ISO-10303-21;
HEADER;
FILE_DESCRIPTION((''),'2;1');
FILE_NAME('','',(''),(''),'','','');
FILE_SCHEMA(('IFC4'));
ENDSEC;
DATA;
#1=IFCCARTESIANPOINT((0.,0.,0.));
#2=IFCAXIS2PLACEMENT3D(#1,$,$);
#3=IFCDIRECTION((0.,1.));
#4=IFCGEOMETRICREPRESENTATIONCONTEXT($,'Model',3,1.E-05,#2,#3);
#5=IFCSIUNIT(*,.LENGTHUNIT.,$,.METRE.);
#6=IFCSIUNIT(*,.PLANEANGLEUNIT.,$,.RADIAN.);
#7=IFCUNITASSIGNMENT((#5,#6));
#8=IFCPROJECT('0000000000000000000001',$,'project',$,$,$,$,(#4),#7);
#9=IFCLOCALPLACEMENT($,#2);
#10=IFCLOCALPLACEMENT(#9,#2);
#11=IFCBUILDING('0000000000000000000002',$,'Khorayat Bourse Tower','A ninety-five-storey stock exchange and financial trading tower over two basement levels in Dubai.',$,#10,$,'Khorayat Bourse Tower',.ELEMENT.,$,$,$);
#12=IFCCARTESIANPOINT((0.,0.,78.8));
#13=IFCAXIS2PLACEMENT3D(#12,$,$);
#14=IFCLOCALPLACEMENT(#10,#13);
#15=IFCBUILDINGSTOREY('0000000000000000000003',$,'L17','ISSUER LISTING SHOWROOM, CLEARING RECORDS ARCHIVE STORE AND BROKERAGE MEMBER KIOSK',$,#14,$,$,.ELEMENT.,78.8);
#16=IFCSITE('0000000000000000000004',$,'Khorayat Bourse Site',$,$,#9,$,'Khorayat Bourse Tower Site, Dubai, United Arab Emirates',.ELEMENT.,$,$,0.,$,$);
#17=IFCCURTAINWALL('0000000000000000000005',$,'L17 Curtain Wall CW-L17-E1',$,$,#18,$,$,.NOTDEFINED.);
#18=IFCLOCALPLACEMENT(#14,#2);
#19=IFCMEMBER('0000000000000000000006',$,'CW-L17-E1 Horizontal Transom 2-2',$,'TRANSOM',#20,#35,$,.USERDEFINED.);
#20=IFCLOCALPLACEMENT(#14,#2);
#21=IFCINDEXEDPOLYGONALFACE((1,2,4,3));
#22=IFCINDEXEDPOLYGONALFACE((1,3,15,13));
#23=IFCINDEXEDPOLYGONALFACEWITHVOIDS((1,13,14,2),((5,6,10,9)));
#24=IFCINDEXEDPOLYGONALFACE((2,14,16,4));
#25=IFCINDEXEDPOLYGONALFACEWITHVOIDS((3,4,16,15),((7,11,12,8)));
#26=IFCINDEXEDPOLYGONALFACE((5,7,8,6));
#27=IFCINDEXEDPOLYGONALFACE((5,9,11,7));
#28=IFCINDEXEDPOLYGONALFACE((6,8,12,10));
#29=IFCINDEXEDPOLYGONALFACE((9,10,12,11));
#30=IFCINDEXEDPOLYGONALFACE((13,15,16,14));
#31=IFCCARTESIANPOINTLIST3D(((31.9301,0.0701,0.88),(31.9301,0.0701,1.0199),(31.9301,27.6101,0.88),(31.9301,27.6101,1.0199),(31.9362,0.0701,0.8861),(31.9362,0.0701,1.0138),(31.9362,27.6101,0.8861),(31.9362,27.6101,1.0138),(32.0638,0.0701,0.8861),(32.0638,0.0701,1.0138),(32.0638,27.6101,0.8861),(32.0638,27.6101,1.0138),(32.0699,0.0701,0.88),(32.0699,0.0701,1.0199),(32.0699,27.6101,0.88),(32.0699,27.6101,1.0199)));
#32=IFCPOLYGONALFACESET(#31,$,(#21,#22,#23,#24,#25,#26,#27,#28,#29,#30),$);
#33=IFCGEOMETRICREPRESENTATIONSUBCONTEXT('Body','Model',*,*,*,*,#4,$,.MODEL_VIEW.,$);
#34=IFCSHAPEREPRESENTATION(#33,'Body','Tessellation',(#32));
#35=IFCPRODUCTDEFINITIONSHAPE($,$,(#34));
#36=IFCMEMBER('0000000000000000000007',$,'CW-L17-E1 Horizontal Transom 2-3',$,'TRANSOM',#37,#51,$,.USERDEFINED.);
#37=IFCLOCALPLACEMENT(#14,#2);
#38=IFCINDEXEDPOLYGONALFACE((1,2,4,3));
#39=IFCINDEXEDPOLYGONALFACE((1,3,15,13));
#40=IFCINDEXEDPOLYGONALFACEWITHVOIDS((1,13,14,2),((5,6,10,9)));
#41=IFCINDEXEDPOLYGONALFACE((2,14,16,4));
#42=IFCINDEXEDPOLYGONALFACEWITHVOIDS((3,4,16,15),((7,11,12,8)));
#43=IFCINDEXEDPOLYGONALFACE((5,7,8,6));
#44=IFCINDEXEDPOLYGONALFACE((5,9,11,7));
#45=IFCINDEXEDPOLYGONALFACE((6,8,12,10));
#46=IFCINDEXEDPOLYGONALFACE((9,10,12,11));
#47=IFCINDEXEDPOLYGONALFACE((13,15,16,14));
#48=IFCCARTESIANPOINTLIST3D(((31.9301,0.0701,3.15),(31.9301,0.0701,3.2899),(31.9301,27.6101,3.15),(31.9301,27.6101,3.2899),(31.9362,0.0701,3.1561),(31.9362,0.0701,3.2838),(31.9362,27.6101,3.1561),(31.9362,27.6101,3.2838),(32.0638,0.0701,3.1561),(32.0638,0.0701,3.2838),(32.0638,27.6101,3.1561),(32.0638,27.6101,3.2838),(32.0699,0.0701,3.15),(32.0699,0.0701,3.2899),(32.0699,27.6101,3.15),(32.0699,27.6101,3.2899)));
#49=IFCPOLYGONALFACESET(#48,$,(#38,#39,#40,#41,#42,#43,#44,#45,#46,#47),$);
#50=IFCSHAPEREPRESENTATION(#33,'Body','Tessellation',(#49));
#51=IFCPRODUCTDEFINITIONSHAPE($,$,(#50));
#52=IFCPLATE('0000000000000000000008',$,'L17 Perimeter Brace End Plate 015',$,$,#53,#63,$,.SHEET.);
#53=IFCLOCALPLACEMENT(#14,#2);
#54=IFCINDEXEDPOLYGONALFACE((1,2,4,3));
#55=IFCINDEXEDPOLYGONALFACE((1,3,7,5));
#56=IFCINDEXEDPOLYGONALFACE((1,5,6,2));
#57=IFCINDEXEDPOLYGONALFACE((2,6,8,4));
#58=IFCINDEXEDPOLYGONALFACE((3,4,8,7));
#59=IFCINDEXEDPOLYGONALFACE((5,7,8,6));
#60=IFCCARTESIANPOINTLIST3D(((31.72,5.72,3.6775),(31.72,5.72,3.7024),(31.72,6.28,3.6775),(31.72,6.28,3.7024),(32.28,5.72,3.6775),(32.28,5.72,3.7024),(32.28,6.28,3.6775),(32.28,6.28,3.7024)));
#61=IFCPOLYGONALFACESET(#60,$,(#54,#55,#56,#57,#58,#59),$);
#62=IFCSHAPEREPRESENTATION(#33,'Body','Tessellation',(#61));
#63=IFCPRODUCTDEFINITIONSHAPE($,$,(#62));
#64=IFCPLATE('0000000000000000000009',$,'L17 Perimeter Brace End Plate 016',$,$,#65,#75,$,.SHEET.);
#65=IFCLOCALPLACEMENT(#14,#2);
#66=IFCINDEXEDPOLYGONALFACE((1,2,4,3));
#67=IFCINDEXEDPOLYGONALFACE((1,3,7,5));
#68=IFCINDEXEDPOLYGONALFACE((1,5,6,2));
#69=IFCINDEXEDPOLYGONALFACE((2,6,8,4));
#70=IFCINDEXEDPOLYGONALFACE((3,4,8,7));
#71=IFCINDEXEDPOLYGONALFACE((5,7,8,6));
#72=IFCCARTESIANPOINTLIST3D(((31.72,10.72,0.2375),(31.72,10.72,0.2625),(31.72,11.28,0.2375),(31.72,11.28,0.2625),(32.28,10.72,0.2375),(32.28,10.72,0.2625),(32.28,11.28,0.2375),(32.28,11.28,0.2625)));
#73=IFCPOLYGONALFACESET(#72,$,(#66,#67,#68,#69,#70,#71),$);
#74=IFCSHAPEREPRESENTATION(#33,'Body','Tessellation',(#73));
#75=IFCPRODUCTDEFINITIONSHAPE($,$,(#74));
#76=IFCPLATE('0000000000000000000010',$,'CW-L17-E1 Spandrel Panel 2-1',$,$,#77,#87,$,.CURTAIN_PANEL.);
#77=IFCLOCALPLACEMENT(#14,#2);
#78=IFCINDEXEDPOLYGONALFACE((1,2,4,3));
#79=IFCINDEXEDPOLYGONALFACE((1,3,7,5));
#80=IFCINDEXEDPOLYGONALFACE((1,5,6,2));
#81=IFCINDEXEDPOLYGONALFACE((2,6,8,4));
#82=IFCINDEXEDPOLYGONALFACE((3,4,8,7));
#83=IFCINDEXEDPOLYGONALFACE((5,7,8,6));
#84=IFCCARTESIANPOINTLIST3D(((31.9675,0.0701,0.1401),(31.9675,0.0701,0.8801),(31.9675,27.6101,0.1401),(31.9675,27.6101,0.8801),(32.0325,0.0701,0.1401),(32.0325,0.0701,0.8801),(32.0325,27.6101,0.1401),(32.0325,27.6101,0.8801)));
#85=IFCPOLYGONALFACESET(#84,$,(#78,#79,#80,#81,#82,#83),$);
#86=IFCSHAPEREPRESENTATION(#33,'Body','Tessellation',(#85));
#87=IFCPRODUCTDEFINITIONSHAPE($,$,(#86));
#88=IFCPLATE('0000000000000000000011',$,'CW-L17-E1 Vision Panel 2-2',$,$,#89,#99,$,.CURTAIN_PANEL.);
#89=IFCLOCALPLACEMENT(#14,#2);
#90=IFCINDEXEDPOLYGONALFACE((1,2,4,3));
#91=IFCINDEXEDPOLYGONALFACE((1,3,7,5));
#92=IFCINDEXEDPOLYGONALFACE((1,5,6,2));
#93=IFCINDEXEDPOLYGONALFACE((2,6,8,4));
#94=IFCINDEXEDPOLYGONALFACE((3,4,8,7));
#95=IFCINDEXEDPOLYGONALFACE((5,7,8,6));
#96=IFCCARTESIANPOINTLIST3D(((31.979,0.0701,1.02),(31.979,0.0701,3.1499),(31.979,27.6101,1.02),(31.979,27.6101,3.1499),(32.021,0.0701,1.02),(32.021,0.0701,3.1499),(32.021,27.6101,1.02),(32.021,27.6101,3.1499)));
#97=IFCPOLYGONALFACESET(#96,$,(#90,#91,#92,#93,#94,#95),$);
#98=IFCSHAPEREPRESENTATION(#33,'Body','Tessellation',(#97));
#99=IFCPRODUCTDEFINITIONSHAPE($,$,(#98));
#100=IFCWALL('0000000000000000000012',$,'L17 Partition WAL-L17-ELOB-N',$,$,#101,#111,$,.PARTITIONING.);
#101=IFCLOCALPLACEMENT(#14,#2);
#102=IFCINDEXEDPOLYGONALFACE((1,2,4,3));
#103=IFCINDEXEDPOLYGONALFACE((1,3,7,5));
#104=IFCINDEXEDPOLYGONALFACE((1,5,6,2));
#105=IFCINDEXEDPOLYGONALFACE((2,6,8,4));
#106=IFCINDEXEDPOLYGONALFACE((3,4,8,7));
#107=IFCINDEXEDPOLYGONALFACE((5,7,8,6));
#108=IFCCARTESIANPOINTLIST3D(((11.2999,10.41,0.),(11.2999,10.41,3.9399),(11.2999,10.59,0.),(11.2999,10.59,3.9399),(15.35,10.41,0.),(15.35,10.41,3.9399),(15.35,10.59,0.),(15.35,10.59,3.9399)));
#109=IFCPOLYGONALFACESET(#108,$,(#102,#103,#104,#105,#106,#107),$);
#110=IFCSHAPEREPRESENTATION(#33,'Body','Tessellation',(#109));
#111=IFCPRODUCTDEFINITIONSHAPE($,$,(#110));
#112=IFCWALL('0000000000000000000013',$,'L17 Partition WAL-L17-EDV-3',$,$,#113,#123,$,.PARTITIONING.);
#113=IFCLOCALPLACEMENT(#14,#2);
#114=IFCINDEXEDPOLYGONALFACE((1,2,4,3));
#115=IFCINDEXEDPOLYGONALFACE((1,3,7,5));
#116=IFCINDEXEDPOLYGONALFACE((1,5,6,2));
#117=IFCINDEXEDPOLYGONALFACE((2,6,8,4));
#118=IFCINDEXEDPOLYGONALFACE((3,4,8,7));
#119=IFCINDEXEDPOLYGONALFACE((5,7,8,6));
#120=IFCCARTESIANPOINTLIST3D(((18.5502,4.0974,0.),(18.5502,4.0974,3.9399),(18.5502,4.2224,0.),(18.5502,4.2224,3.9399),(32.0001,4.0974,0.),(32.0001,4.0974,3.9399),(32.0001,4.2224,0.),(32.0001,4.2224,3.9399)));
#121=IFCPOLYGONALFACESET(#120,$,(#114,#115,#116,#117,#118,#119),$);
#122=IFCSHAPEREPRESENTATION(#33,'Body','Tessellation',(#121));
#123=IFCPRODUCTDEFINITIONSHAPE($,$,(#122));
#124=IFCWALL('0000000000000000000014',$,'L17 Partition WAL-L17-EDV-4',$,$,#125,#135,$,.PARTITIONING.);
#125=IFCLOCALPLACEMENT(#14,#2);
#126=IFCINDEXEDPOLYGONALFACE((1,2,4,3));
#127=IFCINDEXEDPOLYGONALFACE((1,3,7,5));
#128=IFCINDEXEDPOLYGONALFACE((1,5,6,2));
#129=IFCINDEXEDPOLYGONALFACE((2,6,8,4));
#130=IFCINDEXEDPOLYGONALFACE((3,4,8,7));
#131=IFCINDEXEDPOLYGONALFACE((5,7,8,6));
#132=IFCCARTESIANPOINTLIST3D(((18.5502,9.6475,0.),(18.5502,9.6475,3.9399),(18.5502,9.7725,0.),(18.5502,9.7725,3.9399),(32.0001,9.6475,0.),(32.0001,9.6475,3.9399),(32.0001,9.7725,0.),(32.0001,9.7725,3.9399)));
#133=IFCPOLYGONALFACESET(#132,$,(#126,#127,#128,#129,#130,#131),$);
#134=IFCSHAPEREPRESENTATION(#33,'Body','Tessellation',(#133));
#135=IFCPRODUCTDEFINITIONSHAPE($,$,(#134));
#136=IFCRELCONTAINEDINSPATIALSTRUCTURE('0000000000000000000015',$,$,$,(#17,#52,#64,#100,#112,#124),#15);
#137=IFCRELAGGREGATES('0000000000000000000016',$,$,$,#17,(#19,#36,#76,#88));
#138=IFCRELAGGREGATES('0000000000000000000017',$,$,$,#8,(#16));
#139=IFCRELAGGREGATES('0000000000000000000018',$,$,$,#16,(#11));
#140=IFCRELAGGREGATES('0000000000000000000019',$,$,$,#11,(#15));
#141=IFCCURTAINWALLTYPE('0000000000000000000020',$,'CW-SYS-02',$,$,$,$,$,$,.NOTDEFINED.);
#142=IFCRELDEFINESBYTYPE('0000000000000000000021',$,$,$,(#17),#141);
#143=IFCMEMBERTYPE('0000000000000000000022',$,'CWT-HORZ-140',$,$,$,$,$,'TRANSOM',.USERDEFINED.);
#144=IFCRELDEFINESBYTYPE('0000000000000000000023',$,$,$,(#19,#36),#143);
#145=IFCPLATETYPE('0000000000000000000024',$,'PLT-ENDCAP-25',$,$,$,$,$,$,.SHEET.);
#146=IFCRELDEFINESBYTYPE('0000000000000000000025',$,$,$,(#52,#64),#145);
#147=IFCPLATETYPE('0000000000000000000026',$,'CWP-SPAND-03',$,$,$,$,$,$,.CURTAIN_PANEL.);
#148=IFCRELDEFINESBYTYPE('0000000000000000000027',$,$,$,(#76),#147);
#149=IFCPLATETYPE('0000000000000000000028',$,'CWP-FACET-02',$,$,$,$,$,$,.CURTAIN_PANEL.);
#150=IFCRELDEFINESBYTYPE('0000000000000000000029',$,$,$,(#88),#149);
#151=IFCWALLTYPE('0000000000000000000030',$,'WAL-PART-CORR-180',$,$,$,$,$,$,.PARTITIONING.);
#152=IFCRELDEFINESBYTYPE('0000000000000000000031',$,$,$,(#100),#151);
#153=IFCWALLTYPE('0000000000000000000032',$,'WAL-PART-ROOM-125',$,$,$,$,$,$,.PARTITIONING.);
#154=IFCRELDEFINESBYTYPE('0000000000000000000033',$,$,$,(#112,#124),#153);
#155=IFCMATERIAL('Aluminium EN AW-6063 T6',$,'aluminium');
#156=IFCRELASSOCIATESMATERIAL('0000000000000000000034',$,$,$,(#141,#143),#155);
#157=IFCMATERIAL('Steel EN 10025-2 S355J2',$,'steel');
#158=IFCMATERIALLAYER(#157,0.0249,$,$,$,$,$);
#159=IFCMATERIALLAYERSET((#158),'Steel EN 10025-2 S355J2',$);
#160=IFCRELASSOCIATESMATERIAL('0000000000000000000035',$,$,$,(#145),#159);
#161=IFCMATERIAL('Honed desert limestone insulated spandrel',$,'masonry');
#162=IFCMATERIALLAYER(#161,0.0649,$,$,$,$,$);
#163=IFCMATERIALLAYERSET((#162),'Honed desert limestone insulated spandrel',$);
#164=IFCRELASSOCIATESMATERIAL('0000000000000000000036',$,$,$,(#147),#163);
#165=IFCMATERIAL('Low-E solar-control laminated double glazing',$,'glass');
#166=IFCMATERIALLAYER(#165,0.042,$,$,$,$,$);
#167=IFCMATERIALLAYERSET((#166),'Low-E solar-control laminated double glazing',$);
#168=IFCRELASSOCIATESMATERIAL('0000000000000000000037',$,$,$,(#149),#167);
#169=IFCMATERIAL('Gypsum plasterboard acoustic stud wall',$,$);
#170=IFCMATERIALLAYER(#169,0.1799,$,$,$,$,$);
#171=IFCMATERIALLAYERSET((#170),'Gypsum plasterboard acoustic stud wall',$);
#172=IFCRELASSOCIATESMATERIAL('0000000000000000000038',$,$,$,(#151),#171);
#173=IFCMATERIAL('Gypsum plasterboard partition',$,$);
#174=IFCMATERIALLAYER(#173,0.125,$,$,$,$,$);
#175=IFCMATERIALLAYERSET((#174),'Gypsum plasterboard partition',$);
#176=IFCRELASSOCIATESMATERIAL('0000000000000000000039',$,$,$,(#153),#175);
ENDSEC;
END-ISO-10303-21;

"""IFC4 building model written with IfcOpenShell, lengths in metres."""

from ifc_helpers import new_model, si_unit, direction, frame, frame_2d, origin, origin_2d, place, context, subcontext, project, spatial, rectangle, hollow_rectangle, extrude, source, transform, mapped, material, layer, layer_set, material_profile, profile_set, type_object, element, aggregate, save


model = new_model("IFC4")

# Units and contexts
model_context = context("Model", 3, precision=1e-05, world=origin(), true_north=direction((0.0, 1.0)))
body_context = subcontext(model_context, "Body", "Model", "MODEL_VIEW")
ifc_project = project(units=[si_unit("LENGTHUNIT", "METRE"), si_unit("PLANEANGLEUNIT", "RADIAN")], contexts=[model_context])

# Site, building, storey
site_placement = place(None, origin())
site = spatial("IfcSite", under=ifc_project, at=site_placement, Name="Khorayat Bourse Site", LongName="Khorayat Bourse Tower Site, Dubai, United Arab Emirates", CompositionType="ELEMENT", RefElevation=0.0)
building_placement = place(site_placement, origin())
building = spatial("IfcBuilding", under=site, at=building_placement, Name="Khorayat Bourse Tower", Description="A ninety-five-storey stock exchange and financial trading tower over two basement levels in Dubai.", LongName="Khorayat Bourse Tower", CompositionType="ELEMENT")
storey_placement = place(building_placement, frame((0.0, 0.0, 78.8)))
storey = spatial("IfcBuildingStorey", under=building, at=storey_placement, Name="L17", Description="ISSUER LISTING SHOWROOM, CLEARING RECORDS ARCHIVE STORE AND BROKERAGE MEMBER KIOSK", CompositionType="ELEMENT", Elevation=78.8)

# Curtain wall, members
ifc_material_1 = material(Name="Aluminium EN AW-6063 T6", Category="aluminium")
curtain_wall_type = type_object("IfcCurtainWallType", Name="CW-SYS-02", PredefinedType="NOTDEFINED", material=ifc_material_1)
curtain_wall_placement = place(storey_placement, origin())
curtain_wall = element("IfcCurtainWall", 1, at=curtain_wall_placement, inside=storey, type_object=curtain_wall_type, Name="L17 Curtain Wall CW-L17-E1", PredefinedType="NOTDEFINED")
ifc_material_profile_1 = material_profile(ifc_material_1, hollow_rectangle(XDim=0.1399, YDim=0.1399, WallThickness=0.0061, at=origin_2d()), Name="ALU 140x140x6")
ifc_profile_set_1 = profile_set([ifc_material_profile_1], Name="Aluminium EN AW-6063 T6")
member_type_1 = type_object("IfcMemberType", Name="CWT-HORZ-140", ElementType="TRANSOM", PredefinedType="USERDEFINED", material=ifc_profile_set_1)
shared_shape_1 = source(origin(), body_context, "Body", "SweptSolid", [
    extrude(hollow_rectangle(XDim=0.1399, YDim=0.1399, WallThickness=0.0061, at=origin_2d()), origin(), (0.0, 0.0, 1.0), 27.54),
])
member_1_placement = place(storey_placement, frame((32.0, 0.0701, 0.95), z_axis=(0.0, 1.0, 0.0), x_axis=(-1.0, 0.0, 0.0)))
member_1 = element("IfcMember", 2, at=member_1_placement, type_object=member_type_1, Name="CW-L17-E1 Horizontal Transom 2-2", ObjectType="TRANSOM", PredefinedType="USERDEFINED", context=body_context, shape_type="MappedRepresentation", body=[
    mapped(shared_shape_1, transform((0.0, 0.0, 0.0), scale=1.0)),
])
member_2_placement = place(storey_placement, frame((32.0, 0.0701, 3.22), z_axis=(0.0, 1.0, 0.0), x_axis=(-1.0, 0.0, 0.0)))
member_2 = element("IfcMember", 3, at=member_2_placement, type_object=member_type_1, Name="CW-L17-E1 Horizontal Transom 2-3", ObjectType="TRANSOM", PredefinedType="USERDEFINED", context=body_context, shape_type="MappedRepresentation", body=[
    mapped(shared_shape_1, transform((0.0, 0.0, 0.0), scale=1.0)),
])

# Plates
ifc_material_2 = material(Name="Steel EN 10025-2 S355J2", Category="steel")
ifc_layer_1 = layer(ifc_material_2, 0.0249)
ifc_layer_set_1 = layer_set([ifc_layer_1], Name="Steel EN 10025-2 S355J2")
plate_type_1 = type_object("IfcPlateType", Name="PLT-ENDCAP-25", PredefinedType="SHEET", material=ifc_layer_set_1)
shared_shape_2 = source(origin(), body_context, "Body", "SweptSolid", [
    extrude(rectangle(XDim=0.5601, YDim=0.5601, at=origin_2d()), origin(), (0.0, 0.0, 1.0), 0.0249),
])
for number, where, z_axis, x_axis, name in (
    (4, (32.0, 6.0, 3.6775), (0.0, 0.0, 1.0), (1.0, 0.0, 0.0), "L17 Perimeter Brace End Plate 015"),
    (5, (32.0, 11.0, 0.2375), (0.0, 0.0, 1.0), (1.0, 0.0, 0.0), "L17 Perimeter Brace End Plate 016"),
):
    element("IfcPlate", number, at=place(storey_placement, frame(where, z_axis=z_axis, x_axis=x_axis)), inside=storey, type_object=plate_type_1, Name=name, PredefinedType="SHEET", context=body_context, shape_type="MappedRepresentation", body=[
        mapped(shared_shape_2, transform((0.0, 0.0, 0.0), scale=1.0)),
    ])

# Plates
ifc_material_3 = material(Name="Honed desert limestone insulated spandrel", Category="masonry")
ifc_layer_2 = layer(ifc_material_3, 0.0649)
ifc_layer_set_2 = layer_set([ifc_layer_2], Name="Honed desert limestone insulated spandrel")
plate_type_2 = type_object("IfcPlateType", Name="CWP-SPAND-03", PredefinedType="CURTAIN_PANEL", material=ifc_layer_set_2)
shared_shape_3 = source(origin(), body_context, "Body", "SweptSolid", [
    extrude(rectangle(XDim=27.54, YDim=0.0649, at=origin_2d()), origin(), (0.0, 0.0, 1.0), 0.74),
])
plate_1_placement = place(storey_placement, frame((32.0, 13.8401, 0.1401), z_axis=(0.0, 0.0, 1.0), x_axis=(0.0, 1.0, 0.0)))
plate_1 = element("IfcPlate", 6, at=plate_1_placement, type_object=plate_type_2, Name="CW-L17-E1 Spandrel Panel 2-1", PredefinedType="CURTAIN_PANEL", context=body_context, shape_type="MappedRepresentation", body=[
    mapped(shared_shape_3, transform((0.0, 0.0, 0.0), scale=1.0)),
])
ifc_material_4 = material(Name="Low-E solar-control laminated double glazing", Category="glass")
ifc_layer_3 = layer(ifc_material_4, 0.042)
ifc_layer_set_3 = layer_set([ifc_layer_3], Name="Low-E solar-control laminated double glazing")
plate_type_3 = type_object("IfcPlateType", Name="CWP-FACET-02", PredefinedType="CURTAIN_PANEL", material=ifc_layer_set_3)
shared_shape_4 = source(origin(), body_context, "Body", "SweptSolid", [
    extrude(rectangle(XDim=27.54, YDim=0.042, at=origin_2d()), origin(), (0.0, 0.0, 1.0), 2.1299),
])
plate_2_placement = place(storey_placement, frame((32.0, 13.8401, 1.02), z_axis=(0.0, 0.0, 1.0), x_axis=(0.0, 1.0, 0.0)))
plate_2 = element("IfcPlate", 7, at=plate_2_placement, type_object=plate_type_3, Name="CW-L17-E1 Vision Panel 2-2", PredefinedType="CURTAIN_PANEL", context=body_context, shape_type="MappedRepresentation", body=[
    mapped(shared_shape_4, transform((0.0, 0.0, 0.0), scale=1.0)),
])
aggregate(curtain_wall, [member_1, member_2, plate_1, plate_2])

# Walls
ifc_material_5 = material(Name="Gypsum plasterboard acoustic stud wall")
ifc_layer_4 = layer(ifc_material_5, 0.1799)
ifc_layer_set_4 = layer_set([ifc_layer_4], Name="Gypsum plasterboard acoustic stud wall")
wall_type_1 = type_object("IfcWallType", Name="WAL-PART-CORR-180", PredefinedType="PARTITIONING", material=ifc_layer_set_4)
shared_shape_5 = source(origin(), body_context, "Body", "SweptSolid", [
    extrude(rectangle(XDim=4.05, YDim=0.1799, at=frame_2d((2.0249, 0.0))), origin(), (0.0, 0.0, 1.0), 3.9399),
])
wall_placement = place(storey_placement, frame((11.3, 10.5, 0.0), z_axis=(0.0, 0.0, 1.0), x_axis=(1.0, 0.0, 0.0)))
element("IfcWall", 8, at=wall_placement, inside=storey, type_object=wall_type_1, Name="L17 Partition WAL-L17-ELOB-N", PredefinedType="PARTITIONING", context=body_context, shape_type="MappedRepresentation", body=[
    mapped(shared_shape_5, transform((0.0, 0.0, 0.0), scale=1.0)),
])
ifc_material_6 = material(Name="Gypsum plasterboard partition")
ifc_layer_5 = layer(ifc_material_6, 0.125)
ifc_layer_set_5 = layer_set([ifc_layer_5], Name="Gypsum plasterboard partition")
wall_type_2 = type_object("IfcWallType", Name="WAL-PART-ROOM-125", PredefinedType="PARTITIONING", material=ifc_layer_set_5)
shared_shape_6 = source(origin(), body_context, "Body", "SweptSolid", [
    extrude(rectangle(XDim=13.45, YDim=0.125, at=frame_2d((6.7251, 0.0))), origin(), (0.0, 0.0, 1.0), 3.9399),
])
for number, where, z_axis, x_axis, name in (
    (9, (18.55, 4.1599, 0.0), (0.0, 0.0, 1.0), (1.0, 0.0, 0.0), "L17 Partition WAL-L17-EDV-3"),
    (10, (18.55, 9.71, 0.0), (0.0, 0.0, 1.0), (1.0, 0.0, 0.0), "L17 Partition WAL-L17-EDV-4"),
):
    element("IfcWall", number, at=place(storey_placement, frame(where, z_axis=z_axis, x_axis=x_axis)), inside=storey, type_object=wall_type_2, Name=name, PredefinedType="PARTITIONING", context=body_context, shape_type="MappedRepresentation", body=[
        mapped(shared_shape_6, transform((0.0, 0.0, 0.0), scale=1.0)),
    ])

save(model, "model.ifc")
